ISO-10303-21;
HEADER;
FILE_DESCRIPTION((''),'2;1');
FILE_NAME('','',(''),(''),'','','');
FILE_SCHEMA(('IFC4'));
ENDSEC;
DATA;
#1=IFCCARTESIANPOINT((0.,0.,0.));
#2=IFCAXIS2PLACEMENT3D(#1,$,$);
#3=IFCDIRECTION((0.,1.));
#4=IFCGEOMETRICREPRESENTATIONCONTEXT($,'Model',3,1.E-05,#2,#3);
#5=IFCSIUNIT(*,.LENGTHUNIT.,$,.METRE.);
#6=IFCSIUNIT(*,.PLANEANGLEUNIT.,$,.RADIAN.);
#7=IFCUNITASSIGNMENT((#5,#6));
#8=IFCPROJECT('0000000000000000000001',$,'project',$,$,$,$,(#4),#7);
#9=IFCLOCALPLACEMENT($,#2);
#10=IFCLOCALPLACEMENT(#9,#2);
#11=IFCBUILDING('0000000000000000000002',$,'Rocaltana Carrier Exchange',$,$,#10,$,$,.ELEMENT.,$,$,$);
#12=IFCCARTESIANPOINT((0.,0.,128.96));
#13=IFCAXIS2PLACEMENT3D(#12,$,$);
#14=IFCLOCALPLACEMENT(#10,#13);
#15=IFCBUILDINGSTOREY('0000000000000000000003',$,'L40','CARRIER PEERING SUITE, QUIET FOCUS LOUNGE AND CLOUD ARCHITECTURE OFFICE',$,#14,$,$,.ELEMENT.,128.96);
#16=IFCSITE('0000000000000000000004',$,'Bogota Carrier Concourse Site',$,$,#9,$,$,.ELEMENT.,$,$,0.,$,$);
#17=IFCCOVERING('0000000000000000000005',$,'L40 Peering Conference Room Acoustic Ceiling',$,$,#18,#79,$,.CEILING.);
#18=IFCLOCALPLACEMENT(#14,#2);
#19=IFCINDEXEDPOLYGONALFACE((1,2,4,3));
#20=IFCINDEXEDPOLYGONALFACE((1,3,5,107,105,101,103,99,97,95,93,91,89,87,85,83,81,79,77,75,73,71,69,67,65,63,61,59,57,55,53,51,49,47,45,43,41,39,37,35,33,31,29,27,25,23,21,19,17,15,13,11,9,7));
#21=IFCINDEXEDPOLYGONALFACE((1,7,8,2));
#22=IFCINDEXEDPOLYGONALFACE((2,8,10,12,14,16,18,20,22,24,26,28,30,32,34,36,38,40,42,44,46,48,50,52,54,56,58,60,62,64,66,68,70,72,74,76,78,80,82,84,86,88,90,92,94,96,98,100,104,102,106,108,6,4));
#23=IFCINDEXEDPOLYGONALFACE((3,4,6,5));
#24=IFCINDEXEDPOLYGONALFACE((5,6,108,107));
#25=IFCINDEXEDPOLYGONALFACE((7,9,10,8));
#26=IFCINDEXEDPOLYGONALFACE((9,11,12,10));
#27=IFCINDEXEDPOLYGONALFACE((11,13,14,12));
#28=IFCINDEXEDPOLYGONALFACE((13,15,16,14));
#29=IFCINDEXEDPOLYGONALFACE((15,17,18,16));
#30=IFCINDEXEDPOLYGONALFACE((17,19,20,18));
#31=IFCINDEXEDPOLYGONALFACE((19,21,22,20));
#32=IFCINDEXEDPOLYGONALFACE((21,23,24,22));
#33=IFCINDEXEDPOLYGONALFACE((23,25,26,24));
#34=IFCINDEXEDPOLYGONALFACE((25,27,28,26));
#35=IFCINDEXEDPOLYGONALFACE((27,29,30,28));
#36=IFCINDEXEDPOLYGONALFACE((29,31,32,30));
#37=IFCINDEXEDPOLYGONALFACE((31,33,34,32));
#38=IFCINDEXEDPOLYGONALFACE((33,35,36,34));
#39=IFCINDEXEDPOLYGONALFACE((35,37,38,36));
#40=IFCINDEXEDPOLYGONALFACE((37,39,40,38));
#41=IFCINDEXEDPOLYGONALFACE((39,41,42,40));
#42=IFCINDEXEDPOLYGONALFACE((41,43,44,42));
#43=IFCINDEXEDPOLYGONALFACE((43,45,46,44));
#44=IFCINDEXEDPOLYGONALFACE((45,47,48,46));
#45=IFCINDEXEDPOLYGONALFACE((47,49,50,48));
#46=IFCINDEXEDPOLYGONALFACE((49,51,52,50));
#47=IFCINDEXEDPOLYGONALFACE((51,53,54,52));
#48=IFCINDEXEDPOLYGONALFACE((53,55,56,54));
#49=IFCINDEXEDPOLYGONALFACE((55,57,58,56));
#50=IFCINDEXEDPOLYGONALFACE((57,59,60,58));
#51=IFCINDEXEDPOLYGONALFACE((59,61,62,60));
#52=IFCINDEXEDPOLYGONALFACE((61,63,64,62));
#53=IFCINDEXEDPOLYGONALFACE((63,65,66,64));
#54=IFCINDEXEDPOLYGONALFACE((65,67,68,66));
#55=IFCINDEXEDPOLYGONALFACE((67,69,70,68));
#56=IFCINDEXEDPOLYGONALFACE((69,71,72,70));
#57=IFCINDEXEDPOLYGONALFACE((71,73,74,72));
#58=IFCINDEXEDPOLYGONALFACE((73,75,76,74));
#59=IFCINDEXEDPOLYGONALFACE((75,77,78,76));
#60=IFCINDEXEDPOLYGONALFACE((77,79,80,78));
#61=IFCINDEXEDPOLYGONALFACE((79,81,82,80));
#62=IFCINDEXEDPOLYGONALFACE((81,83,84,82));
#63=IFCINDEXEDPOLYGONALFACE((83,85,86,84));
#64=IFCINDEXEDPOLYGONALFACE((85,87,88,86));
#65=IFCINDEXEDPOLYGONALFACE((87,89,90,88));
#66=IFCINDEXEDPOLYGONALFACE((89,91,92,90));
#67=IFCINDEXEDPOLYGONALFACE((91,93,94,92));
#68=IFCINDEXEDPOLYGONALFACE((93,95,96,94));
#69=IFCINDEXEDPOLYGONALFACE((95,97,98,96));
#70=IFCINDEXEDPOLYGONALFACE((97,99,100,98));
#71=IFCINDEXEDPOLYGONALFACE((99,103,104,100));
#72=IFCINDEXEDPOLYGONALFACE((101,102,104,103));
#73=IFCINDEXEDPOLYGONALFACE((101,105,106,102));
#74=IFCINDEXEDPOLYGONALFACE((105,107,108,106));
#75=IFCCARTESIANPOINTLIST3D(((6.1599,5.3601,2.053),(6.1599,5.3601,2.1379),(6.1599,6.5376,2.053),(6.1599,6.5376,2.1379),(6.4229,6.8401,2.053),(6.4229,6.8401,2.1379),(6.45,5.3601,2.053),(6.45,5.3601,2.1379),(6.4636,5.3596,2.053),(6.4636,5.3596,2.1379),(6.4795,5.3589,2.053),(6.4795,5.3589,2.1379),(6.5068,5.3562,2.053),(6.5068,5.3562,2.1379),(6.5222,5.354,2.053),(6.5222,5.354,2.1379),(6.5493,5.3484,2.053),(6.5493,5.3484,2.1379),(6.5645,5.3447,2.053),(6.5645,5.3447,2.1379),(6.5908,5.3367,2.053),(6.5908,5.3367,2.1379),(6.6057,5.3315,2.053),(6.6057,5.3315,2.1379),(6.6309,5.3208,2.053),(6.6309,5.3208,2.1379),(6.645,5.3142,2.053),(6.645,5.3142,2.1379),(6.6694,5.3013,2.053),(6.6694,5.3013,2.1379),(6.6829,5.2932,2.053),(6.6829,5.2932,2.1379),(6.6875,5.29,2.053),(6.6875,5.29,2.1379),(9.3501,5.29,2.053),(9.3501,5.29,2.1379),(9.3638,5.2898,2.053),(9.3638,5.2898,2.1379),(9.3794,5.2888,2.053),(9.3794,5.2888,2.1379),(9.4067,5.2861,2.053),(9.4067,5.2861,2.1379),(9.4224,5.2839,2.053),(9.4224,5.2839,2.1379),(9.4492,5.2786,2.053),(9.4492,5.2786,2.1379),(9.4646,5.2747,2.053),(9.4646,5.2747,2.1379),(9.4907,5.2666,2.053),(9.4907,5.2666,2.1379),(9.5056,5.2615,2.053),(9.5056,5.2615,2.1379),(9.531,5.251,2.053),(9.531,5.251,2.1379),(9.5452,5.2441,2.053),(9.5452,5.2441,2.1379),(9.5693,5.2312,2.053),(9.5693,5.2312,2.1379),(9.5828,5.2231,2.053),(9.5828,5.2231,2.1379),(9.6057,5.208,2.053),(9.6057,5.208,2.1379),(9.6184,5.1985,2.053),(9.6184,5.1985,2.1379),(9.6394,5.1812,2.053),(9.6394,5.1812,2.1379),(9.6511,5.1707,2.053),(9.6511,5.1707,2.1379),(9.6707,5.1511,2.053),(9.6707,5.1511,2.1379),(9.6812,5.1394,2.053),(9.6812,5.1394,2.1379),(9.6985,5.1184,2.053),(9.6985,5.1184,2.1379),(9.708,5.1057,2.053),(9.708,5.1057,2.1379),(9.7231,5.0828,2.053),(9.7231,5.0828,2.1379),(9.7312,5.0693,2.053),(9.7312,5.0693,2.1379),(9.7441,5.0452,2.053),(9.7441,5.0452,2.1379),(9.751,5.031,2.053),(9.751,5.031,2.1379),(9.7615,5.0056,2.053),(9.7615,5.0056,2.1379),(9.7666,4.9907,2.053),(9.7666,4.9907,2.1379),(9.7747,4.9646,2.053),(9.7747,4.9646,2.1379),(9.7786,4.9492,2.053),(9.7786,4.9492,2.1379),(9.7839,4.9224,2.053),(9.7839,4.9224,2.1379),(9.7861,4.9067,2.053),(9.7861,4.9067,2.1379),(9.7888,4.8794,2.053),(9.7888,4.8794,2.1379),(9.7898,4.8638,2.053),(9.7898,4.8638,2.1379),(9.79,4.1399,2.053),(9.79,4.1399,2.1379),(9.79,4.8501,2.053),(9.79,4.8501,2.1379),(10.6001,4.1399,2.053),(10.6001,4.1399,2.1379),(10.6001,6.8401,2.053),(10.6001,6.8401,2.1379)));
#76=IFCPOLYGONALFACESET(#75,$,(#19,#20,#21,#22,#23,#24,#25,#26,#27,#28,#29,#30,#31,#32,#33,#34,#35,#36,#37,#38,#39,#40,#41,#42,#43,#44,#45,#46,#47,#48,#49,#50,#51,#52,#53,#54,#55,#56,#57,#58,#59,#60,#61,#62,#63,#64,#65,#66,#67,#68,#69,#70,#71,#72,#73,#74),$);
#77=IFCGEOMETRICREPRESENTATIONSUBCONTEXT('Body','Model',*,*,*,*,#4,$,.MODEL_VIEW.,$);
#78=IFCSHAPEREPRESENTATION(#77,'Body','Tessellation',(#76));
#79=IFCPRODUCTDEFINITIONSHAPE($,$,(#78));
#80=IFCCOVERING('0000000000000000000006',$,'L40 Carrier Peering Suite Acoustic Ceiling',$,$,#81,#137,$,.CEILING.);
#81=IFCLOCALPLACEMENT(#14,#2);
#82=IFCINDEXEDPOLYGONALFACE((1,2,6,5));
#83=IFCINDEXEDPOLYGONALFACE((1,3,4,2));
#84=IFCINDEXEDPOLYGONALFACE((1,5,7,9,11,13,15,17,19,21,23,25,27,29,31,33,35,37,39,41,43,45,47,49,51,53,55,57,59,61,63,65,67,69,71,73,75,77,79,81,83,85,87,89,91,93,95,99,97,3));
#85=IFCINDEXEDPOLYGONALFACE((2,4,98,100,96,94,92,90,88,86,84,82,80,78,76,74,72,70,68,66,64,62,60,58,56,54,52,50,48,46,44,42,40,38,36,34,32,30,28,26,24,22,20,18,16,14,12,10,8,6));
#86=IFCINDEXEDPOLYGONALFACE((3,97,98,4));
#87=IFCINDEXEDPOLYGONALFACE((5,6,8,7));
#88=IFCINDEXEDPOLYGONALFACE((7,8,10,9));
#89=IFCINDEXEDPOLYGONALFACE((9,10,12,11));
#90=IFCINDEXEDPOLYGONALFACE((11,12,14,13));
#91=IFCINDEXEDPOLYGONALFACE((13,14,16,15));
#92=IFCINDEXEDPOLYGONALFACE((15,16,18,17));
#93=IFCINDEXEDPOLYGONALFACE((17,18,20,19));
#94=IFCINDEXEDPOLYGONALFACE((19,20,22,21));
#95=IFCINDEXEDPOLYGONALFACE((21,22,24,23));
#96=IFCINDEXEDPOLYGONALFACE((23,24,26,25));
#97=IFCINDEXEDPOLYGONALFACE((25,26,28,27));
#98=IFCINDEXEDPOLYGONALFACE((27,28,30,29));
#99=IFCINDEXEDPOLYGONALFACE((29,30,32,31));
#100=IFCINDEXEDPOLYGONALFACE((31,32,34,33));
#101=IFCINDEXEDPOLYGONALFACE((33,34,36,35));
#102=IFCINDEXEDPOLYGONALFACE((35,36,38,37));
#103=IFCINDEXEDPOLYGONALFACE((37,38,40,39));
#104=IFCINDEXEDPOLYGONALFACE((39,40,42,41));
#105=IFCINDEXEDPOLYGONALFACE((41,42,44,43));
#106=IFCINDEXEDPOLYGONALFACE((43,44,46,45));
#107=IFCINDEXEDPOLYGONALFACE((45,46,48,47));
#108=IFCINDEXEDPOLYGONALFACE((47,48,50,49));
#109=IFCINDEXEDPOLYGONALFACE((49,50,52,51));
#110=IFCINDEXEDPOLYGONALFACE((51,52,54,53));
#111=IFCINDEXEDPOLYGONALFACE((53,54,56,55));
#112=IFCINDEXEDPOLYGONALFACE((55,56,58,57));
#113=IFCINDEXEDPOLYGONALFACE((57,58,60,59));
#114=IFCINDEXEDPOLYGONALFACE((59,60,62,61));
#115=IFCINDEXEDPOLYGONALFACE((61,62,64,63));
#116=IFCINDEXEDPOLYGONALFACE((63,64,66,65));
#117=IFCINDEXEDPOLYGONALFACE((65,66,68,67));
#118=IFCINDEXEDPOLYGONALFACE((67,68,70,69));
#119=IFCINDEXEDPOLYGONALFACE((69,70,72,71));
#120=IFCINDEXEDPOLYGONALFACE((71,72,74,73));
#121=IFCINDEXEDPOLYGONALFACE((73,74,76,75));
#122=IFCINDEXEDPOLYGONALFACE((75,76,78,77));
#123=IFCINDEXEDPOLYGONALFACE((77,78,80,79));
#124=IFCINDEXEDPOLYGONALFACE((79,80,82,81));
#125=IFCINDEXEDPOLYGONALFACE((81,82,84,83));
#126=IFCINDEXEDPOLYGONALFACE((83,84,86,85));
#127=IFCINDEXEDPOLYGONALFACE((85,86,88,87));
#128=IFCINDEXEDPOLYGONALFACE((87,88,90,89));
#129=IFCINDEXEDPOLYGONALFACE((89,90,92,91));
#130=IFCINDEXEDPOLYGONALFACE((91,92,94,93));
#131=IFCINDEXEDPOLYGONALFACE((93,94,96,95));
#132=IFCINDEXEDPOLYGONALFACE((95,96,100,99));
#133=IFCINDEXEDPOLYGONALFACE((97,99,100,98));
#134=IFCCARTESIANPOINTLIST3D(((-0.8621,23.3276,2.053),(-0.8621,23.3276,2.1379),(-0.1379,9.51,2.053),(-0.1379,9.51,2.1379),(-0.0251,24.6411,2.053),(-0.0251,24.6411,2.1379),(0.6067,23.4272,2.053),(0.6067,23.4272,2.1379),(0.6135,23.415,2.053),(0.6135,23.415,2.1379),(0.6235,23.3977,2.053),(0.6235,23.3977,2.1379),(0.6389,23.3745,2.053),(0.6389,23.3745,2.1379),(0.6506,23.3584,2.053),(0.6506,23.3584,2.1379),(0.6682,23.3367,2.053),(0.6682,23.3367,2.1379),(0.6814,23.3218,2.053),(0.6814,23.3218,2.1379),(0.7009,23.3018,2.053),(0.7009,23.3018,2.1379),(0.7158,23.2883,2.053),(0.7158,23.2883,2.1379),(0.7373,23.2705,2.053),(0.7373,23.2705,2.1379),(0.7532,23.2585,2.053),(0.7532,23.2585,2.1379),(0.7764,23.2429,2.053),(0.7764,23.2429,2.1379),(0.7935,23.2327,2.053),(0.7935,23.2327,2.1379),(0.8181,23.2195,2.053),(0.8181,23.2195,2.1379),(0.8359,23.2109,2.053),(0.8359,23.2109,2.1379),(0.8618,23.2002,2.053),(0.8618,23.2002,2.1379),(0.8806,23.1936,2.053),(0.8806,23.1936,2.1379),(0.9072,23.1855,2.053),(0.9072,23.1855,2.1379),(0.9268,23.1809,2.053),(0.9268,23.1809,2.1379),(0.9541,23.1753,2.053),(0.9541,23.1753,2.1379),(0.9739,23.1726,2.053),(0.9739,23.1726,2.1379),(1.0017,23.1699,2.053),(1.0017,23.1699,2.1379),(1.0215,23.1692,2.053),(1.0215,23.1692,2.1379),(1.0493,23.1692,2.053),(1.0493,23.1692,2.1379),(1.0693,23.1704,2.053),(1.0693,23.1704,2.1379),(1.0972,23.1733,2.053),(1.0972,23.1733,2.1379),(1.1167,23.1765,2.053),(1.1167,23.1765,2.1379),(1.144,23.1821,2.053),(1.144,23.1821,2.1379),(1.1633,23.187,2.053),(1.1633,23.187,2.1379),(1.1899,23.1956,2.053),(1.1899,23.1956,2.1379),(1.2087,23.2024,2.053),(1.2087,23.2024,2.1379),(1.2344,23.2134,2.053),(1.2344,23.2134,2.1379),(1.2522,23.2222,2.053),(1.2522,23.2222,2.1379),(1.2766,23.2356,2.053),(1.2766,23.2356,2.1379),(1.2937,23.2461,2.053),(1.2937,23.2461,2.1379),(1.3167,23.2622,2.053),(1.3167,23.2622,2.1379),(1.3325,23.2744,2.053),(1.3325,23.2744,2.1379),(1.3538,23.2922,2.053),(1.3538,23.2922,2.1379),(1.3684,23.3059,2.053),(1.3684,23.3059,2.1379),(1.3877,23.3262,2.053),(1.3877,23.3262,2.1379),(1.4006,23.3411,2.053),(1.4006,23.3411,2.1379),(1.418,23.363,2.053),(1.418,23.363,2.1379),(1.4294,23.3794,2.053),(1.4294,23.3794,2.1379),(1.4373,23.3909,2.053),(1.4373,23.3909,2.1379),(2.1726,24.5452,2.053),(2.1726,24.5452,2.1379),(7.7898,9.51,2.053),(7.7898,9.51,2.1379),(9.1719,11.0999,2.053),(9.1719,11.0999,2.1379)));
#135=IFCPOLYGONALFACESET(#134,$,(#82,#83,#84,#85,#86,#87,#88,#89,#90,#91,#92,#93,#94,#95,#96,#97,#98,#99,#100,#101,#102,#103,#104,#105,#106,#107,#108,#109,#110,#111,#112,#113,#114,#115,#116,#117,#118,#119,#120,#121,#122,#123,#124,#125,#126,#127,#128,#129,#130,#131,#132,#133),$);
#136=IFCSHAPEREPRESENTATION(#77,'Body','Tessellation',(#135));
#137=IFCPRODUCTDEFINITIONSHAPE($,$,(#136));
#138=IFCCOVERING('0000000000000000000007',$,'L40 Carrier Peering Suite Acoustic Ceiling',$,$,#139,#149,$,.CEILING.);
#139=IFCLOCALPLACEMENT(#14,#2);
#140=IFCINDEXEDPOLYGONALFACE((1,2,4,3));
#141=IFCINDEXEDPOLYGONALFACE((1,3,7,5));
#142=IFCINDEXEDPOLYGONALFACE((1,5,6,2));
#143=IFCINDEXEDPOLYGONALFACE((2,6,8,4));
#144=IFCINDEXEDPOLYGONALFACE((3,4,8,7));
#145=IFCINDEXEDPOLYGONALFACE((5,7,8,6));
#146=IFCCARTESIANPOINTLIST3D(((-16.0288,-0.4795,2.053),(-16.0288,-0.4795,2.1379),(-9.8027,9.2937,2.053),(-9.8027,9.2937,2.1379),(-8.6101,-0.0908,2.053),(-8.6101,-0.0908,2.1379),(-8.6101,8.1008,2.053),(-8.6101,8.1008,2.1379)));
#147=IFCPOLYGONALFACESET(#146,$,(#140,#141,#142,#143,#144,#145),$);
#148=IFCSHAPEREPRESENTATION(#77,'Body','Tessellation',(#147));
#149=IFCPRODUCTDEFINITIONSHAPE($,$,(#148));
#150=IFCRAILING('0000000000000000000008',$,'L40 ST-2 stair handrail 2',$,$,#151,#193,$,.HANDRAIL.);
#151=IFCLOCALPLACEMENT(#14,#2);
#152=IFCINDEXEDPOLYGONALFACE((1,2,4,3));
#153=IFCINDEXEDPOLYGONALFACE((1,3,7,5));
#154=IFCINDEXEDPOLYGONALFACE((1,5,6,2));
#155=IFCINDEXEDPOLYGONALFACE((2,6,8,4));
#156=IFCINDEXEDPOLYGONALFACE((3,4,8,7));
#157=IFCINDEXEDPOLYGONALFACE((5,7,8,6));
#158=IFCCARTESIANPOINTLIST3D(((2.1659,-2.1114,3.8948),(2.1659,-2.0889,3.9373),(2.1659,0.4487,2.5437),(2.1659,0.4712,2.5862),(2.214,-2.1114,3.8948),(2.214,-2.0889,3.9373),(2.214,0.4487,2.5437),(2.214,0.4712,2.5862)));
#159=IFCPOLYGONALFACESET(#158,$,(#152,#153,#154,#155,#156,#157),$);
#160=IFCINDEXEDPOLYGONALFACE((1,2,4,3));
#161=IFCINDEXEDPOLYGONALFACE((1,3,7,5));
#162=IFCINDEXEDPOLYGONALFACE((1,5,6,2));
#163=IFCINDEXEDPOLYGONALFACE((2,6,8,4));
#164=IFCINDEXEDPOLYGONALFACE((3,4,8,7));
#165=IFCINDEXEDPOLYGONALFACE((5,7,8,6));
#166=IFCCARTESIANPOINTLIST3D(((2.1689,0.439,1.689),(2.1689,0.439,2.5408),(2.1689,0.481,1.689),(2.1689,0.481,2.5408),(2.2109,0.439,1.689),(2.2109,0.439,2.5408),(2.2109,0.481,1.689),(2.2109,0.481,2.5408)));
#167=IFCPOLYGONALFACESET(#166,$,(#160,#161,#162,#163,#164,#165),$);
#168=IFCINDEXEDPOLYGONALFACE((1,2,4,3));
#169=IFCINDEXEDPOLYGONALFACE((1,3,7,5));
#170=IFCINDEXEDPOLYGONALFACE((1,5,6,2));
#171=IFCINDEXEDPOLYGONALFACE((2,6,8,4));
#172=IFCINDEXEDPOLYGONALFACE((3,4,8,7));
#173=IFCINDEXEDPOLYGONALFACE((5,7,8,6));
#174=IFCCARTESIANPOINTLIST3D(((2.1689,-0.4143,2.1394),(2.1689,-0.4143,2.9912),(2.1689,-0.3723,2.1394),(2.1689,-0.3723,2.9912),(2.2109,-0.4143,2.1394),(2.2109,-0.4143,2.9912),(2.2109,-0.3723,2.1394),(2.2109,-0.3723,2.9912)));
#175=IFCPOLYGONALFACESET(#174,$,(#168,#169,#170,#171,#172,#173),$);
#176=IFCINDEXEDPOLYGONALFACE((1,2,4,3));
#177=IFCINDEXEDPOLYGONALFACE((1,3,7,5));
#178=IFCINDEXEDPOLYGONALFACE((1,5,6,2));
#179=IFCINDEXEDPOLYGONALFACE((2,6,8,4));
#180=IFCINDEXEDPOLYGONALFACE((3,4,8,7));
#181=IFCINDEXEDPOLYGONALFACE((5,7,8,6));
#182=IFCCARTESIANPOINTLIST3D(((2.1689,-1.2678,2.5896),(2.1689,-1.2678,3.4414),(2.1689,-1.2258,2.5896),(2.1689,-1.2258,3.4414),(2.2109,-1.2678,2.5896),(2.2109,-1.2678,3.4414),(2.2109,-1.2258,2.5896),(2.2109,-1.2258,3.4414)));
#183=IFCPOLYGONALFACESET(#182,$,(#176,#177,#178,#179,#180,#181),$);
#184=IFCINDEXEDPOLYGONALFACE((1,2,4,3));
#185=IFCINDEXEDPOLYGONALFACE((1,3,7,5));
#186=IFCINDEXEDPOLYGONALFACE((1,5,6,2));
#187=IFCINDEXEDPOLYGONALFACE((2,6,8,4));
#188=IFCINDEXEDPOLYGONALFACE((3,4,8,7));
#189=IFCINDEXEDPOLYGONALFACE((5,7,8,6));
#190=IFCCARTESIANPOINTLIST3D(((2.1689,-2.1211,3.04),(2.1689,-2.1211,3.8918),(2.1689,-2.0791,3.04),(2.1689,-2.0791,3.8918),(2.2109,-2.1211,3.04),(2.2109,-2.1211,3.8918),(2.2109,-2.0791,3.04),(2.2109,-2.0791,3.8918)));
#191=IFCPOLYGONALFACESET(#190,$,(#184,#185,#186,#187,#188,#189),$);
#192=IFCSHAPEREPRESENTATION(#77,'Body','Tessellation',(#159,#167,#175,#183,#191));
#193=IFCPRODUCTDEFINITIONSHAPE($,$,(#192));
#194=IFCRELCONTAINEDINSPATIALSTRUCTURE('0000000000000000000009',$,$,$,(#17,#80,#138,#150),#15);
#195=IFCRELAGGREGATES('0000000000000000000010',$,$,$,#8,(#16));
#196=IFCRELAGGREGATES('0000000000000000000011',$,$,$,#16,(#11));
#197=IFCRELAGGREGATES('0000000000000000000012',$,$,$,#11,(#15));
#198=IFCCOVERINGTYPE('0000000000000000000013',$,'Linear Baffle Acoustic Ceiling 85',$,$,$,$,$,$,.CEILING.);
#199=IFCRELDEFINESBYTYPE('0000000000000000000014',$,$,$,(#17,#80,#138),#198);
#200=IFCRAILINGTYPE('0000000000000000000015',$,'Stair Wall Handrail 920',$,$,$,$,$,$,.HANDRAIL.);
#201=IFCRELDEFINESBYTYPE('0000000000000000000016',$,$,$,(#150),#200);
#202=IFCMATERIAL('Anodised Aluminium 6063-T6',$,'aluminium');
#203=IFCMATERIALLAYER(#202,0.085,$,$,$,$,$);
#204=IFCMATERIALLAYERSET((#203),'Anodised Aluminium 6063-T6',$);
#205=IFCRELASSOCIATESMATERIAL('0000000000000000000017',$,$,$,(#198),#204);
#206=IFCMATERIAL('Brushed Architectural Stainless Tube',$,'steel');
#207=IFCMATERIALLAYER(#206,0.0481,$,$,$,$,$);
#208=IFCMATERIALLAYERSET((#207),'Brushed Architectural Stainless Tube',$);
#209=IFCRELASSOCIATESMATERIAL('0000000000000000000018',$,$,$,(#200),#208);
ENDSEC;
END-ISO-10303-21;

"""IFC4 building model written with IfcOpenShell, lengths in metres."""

from ifc_helpers import new_model, si_unit, direction, frame, origin, origin_2d, place, context, subcontext, project, spatial, polyline, rectangle, outline, extrude, material, layer, layer_set, type_object, element, save


model = new_model("IFC4")

# Units and contexts
model_context = context("Model", 3, precision=1e-05, world=origin(), true_north=direction((0.0, 1.0)))
body_context = subcontext(model_context, "Body", "Model", "MODEL_VIEW")
ifc_project = project(units=[si_unit("LENGTHUNIT", "METRE"), si_unit("PLANEANGLEUNIT", "RADIAN")], contexts=[model_context])

# Site, building, storey
site_placement = place(None, origin())
site = spatial("IfcSite", under=ifc_project, at=site_placement, Name="Bogota Carrier Concourse Site", CompositionType="ELEMENT", RefElevation=0.0)
building_placement = place(site_placement, origin())
building = spatial("IfcBuilding", under=site, at=building_placement, Name="Rocaltana Carrier Exchange", CompositionType="ELEMENT")
storey_placement = place(building_placement, frame((0.0, 0.0, 128.96)))
storey = spatial("IfcBuildingStorey", under=building, at=storey_placement, Name="L40", Description="CARRIER PEERING SUITE, QUIET FOCUS LOUNGE AND CLOUD ARCHITECTURE OFFICE", CompositionType="ELEMENT", Elevation=128.96)

# Coverings
ifc_material_1 = material(Name="Anodised Aluminium 6063-T6", Category="aluminium")
ifc_layer_1 = layer(ifc_material_1, 0.085)
ifc_layer_set_1 = layer_set([ifc_layer_1], Name="Anodised Aluminium 6063-T6")
covering_type_1 = type_object("IfcCoveringType", Name="Linear Baffle Acoustic Ceiling 85", PredefinedType="CEILING", material=ifc_layer_set_1)
covering_1_placement = place(storey_placement, frame((0.0, 0.0, 2.053)))
element("IfcCovering", 1, at=covering_1_placement, inside=storey, type_object=covering_type_1, Name="L40 Peering Conference Room Acoustic Ceiling", PredefinedType="CEILING", context=body_context, shape_type="SweptSolid", body=[
    extrude(outline(polyline([(6.6875, 5.29), (6.6829, 5.2932), (6.6694, 5.3013), (6.645, 5.3142), (6.6309, 5.3208), (6.6057, 5.3315), (6.5908, 5.3367), (6.5645, 5.3447), (6.5493, 5.3484), (6.5222, 5.354), (6.5068, 5.3562), (6.4795, 5.3589), (6.4636, 5.3596), (6.45, 5.3601), (6.1599, 5.3601), (6.1599, 6.5376), (6.4229, 6.8401), (10.6001, 6.8401), (10.6001, 4.1399), (9.79, 4.1399), (9.79, 4.8501), (9.7898, 4.8638), (9.7888, 4.8794), (9.7861, 4.9067), (9.7839, 4.9224), (9.7786, 4.9492), (9.7747, 4.9646), (9.7666, 4.9907), (9.7615, 5.0056), (9.751, 5.031), (9.7441, 5.0452), (9.7312, 5.0693), (9.7231, 5.0828), (9.708, 5.1057), (9.6985, 5.1184), (9.6812, 5.1394), (9.6707, 5.1511), (9.6511, 5.1707), (9.6394, 5.1812), (9.6184, 5.1985), (9.6057, 5.208), (9.5828, 5.2231), (9.5693, 5.2312), (9.5452, 5.2441), (9.531, 5.251), (9.5056, 5.2615), (9.4907, 5.2666), (9.4646, 5.2747), (9.4492, 5.2786), (9.4224, 5.2839), (9.4067, 5.2861), (9.3794, 5.2888), (9.3638, 5.2898), (9.3501, 5.29), (6.6875, 5.29)])), origin(), (0.0, 0.0, 1.0), 0.085),
])
covering_2_placement = place(storey_placement, frame((0.0, 0.0, 2.053)))
element("IfcCovering", 2, at=covering_2_placement, inside=storey, type_object=covering_type_1, Name="L40 Carrier Peering Suite Acoustic Ceiling", PredefinedType="CEILING", context=body_context, shape_type="SweptSolid", body=[
    extrude(outline(polyline([(-0.0251, 24.6411), (0.6067, 23.4272), (0.6135, 23.415), (0.6235, 23.3977), (0.6389, 23.3745), (0.6506, 23.3584), (0.6682, 23.3367), (0.6814, 23.3218), (0.7009, 23.3018), (0.7158, 23.2883), (0.7373, 23.2705), (0.7532, 23.2585), (0.7764, 23.2429), (0.7935, 23.2327), (0.8181, 23.2195), (0.8359, 23.2109), (0.8618, 23.2002), (0.8806, 23.1936), (0.9072, 23.1855), (0.9268, 23.1809), (0.9541, 23.1753), (0.9739, 23.1726), (1.0017, 23.1699), (1.0215, 23.1692), (1.0493, 23.1692), (1.0693, 23.1704), (1.0972, 23.1733), (1.1167, 23.1765), (1.144, 23.1821), (1.1633, 23.187), (1.1899, 23.1956), (1.2087, 23.2024), (1.2344, 23.2134), (1.2522, 23.2222), (1.2766, 23.2356), (1.2937, 23.2461), (1.3167, 23.2622), (1.3325, 23.2744), (1.3538, 23.2922), (1.3684, 23.3059), (1.3877, 23.3262), (1.4006, 23.3411), (1.418, 23.363), (1.4294, 23.3794), (1.4373, 23.3909), (2.1726, 24.5452), (9.1719, 11.0999), (7.7898, 9.51), (-0.1379, 9.51), (-0.8621, 23.3276), (-0.0251, 24.6411)])), origin(), (0.0, 0.0, 1.0), 0.085),
])
covering_3_placement = place(storey_placement, frame((0.0, 0.0, 2.053)))
element("IfcCovering", 3, at=covering_3_placement, inside=storey, type_object=covering_type_1, Name="L40 Carrier Peering Suite Acoustic Ceiling", PredefinedType="CEILING", context=body_context, shape_type="SweptSolid", body=[
    extrude(outline(polyline([(-9.8027, 9.2937), (-8.6101, 8.1008), (-8.6101, -0.0908), (-16.0288, -0.4795), (-9.8027, 9.2937)])), origin(), (0.0, 0.0, 1.0), 0.085),
])

# Railing
ifc_material_2 = material(Name="Brushed Architectural Stainless Tube", Category="steel")
ifc_layer_2 = layer(ifc_material_2, 0.0481)
ifc_layer_set_2 = layer_set([ifc_layer_2], Name="Brushed Architectural Stainless Tube")
railing_type_1 = type_object("IfcRailingType", Name="Stair Wall Handrail 920", PredefinedType="HANDRAIL", material=ifc_layer_set_2)
railing_1_placement = place(storey_placement, frame((2.1899, 0.46, 1.689)))
element("IfcRailing", 4, at=railing_1_placement, inside=storey, type_object=railing_type_1, Name="L40 ST-2 stair handrail 2", PredefinedType="HANDRAIL", context=body_context, shape_type="SweptSolid", body=[
    extrude(rectangle(XDim=0.0481, YDim=0.0481, at=origin_2d()), frame((0.0, 0.0, 0.876), z_axis=(0.0, -0.884394, 0.46674), x_axis=(1.0, 0.0, 0.0)), (0.0, 0.0, 1.0), 2.8948),
    extrude(rectangle(XDim=0.042, YDim=0.042, at=origin_2d()), origin(), (0.0, 0.0, 1.0), 0.8518),
    extrude(rectangle(XDim=0.042, YDim=0.042, at=origin_2d()), frame((0.0, -0.8533, 0.4504)), (0.0, 0.0, 1.0), 0.8518),
    extrude(rectangle(XDim=0.042, YDim=0.042, at=origin_2d()), frame((0.0, -1.7068, 0.9006)), (0.0, 0.0, 1.0), 0.8518),
    extrude(rectangle(XDim=0.042, YDim=0.042, at=origin_2d()), frame((0.0, -2.5601, 1.3511)), (0.0, 0.0, 1.0), 0.8518),
])

save(model, "model.ifc")
